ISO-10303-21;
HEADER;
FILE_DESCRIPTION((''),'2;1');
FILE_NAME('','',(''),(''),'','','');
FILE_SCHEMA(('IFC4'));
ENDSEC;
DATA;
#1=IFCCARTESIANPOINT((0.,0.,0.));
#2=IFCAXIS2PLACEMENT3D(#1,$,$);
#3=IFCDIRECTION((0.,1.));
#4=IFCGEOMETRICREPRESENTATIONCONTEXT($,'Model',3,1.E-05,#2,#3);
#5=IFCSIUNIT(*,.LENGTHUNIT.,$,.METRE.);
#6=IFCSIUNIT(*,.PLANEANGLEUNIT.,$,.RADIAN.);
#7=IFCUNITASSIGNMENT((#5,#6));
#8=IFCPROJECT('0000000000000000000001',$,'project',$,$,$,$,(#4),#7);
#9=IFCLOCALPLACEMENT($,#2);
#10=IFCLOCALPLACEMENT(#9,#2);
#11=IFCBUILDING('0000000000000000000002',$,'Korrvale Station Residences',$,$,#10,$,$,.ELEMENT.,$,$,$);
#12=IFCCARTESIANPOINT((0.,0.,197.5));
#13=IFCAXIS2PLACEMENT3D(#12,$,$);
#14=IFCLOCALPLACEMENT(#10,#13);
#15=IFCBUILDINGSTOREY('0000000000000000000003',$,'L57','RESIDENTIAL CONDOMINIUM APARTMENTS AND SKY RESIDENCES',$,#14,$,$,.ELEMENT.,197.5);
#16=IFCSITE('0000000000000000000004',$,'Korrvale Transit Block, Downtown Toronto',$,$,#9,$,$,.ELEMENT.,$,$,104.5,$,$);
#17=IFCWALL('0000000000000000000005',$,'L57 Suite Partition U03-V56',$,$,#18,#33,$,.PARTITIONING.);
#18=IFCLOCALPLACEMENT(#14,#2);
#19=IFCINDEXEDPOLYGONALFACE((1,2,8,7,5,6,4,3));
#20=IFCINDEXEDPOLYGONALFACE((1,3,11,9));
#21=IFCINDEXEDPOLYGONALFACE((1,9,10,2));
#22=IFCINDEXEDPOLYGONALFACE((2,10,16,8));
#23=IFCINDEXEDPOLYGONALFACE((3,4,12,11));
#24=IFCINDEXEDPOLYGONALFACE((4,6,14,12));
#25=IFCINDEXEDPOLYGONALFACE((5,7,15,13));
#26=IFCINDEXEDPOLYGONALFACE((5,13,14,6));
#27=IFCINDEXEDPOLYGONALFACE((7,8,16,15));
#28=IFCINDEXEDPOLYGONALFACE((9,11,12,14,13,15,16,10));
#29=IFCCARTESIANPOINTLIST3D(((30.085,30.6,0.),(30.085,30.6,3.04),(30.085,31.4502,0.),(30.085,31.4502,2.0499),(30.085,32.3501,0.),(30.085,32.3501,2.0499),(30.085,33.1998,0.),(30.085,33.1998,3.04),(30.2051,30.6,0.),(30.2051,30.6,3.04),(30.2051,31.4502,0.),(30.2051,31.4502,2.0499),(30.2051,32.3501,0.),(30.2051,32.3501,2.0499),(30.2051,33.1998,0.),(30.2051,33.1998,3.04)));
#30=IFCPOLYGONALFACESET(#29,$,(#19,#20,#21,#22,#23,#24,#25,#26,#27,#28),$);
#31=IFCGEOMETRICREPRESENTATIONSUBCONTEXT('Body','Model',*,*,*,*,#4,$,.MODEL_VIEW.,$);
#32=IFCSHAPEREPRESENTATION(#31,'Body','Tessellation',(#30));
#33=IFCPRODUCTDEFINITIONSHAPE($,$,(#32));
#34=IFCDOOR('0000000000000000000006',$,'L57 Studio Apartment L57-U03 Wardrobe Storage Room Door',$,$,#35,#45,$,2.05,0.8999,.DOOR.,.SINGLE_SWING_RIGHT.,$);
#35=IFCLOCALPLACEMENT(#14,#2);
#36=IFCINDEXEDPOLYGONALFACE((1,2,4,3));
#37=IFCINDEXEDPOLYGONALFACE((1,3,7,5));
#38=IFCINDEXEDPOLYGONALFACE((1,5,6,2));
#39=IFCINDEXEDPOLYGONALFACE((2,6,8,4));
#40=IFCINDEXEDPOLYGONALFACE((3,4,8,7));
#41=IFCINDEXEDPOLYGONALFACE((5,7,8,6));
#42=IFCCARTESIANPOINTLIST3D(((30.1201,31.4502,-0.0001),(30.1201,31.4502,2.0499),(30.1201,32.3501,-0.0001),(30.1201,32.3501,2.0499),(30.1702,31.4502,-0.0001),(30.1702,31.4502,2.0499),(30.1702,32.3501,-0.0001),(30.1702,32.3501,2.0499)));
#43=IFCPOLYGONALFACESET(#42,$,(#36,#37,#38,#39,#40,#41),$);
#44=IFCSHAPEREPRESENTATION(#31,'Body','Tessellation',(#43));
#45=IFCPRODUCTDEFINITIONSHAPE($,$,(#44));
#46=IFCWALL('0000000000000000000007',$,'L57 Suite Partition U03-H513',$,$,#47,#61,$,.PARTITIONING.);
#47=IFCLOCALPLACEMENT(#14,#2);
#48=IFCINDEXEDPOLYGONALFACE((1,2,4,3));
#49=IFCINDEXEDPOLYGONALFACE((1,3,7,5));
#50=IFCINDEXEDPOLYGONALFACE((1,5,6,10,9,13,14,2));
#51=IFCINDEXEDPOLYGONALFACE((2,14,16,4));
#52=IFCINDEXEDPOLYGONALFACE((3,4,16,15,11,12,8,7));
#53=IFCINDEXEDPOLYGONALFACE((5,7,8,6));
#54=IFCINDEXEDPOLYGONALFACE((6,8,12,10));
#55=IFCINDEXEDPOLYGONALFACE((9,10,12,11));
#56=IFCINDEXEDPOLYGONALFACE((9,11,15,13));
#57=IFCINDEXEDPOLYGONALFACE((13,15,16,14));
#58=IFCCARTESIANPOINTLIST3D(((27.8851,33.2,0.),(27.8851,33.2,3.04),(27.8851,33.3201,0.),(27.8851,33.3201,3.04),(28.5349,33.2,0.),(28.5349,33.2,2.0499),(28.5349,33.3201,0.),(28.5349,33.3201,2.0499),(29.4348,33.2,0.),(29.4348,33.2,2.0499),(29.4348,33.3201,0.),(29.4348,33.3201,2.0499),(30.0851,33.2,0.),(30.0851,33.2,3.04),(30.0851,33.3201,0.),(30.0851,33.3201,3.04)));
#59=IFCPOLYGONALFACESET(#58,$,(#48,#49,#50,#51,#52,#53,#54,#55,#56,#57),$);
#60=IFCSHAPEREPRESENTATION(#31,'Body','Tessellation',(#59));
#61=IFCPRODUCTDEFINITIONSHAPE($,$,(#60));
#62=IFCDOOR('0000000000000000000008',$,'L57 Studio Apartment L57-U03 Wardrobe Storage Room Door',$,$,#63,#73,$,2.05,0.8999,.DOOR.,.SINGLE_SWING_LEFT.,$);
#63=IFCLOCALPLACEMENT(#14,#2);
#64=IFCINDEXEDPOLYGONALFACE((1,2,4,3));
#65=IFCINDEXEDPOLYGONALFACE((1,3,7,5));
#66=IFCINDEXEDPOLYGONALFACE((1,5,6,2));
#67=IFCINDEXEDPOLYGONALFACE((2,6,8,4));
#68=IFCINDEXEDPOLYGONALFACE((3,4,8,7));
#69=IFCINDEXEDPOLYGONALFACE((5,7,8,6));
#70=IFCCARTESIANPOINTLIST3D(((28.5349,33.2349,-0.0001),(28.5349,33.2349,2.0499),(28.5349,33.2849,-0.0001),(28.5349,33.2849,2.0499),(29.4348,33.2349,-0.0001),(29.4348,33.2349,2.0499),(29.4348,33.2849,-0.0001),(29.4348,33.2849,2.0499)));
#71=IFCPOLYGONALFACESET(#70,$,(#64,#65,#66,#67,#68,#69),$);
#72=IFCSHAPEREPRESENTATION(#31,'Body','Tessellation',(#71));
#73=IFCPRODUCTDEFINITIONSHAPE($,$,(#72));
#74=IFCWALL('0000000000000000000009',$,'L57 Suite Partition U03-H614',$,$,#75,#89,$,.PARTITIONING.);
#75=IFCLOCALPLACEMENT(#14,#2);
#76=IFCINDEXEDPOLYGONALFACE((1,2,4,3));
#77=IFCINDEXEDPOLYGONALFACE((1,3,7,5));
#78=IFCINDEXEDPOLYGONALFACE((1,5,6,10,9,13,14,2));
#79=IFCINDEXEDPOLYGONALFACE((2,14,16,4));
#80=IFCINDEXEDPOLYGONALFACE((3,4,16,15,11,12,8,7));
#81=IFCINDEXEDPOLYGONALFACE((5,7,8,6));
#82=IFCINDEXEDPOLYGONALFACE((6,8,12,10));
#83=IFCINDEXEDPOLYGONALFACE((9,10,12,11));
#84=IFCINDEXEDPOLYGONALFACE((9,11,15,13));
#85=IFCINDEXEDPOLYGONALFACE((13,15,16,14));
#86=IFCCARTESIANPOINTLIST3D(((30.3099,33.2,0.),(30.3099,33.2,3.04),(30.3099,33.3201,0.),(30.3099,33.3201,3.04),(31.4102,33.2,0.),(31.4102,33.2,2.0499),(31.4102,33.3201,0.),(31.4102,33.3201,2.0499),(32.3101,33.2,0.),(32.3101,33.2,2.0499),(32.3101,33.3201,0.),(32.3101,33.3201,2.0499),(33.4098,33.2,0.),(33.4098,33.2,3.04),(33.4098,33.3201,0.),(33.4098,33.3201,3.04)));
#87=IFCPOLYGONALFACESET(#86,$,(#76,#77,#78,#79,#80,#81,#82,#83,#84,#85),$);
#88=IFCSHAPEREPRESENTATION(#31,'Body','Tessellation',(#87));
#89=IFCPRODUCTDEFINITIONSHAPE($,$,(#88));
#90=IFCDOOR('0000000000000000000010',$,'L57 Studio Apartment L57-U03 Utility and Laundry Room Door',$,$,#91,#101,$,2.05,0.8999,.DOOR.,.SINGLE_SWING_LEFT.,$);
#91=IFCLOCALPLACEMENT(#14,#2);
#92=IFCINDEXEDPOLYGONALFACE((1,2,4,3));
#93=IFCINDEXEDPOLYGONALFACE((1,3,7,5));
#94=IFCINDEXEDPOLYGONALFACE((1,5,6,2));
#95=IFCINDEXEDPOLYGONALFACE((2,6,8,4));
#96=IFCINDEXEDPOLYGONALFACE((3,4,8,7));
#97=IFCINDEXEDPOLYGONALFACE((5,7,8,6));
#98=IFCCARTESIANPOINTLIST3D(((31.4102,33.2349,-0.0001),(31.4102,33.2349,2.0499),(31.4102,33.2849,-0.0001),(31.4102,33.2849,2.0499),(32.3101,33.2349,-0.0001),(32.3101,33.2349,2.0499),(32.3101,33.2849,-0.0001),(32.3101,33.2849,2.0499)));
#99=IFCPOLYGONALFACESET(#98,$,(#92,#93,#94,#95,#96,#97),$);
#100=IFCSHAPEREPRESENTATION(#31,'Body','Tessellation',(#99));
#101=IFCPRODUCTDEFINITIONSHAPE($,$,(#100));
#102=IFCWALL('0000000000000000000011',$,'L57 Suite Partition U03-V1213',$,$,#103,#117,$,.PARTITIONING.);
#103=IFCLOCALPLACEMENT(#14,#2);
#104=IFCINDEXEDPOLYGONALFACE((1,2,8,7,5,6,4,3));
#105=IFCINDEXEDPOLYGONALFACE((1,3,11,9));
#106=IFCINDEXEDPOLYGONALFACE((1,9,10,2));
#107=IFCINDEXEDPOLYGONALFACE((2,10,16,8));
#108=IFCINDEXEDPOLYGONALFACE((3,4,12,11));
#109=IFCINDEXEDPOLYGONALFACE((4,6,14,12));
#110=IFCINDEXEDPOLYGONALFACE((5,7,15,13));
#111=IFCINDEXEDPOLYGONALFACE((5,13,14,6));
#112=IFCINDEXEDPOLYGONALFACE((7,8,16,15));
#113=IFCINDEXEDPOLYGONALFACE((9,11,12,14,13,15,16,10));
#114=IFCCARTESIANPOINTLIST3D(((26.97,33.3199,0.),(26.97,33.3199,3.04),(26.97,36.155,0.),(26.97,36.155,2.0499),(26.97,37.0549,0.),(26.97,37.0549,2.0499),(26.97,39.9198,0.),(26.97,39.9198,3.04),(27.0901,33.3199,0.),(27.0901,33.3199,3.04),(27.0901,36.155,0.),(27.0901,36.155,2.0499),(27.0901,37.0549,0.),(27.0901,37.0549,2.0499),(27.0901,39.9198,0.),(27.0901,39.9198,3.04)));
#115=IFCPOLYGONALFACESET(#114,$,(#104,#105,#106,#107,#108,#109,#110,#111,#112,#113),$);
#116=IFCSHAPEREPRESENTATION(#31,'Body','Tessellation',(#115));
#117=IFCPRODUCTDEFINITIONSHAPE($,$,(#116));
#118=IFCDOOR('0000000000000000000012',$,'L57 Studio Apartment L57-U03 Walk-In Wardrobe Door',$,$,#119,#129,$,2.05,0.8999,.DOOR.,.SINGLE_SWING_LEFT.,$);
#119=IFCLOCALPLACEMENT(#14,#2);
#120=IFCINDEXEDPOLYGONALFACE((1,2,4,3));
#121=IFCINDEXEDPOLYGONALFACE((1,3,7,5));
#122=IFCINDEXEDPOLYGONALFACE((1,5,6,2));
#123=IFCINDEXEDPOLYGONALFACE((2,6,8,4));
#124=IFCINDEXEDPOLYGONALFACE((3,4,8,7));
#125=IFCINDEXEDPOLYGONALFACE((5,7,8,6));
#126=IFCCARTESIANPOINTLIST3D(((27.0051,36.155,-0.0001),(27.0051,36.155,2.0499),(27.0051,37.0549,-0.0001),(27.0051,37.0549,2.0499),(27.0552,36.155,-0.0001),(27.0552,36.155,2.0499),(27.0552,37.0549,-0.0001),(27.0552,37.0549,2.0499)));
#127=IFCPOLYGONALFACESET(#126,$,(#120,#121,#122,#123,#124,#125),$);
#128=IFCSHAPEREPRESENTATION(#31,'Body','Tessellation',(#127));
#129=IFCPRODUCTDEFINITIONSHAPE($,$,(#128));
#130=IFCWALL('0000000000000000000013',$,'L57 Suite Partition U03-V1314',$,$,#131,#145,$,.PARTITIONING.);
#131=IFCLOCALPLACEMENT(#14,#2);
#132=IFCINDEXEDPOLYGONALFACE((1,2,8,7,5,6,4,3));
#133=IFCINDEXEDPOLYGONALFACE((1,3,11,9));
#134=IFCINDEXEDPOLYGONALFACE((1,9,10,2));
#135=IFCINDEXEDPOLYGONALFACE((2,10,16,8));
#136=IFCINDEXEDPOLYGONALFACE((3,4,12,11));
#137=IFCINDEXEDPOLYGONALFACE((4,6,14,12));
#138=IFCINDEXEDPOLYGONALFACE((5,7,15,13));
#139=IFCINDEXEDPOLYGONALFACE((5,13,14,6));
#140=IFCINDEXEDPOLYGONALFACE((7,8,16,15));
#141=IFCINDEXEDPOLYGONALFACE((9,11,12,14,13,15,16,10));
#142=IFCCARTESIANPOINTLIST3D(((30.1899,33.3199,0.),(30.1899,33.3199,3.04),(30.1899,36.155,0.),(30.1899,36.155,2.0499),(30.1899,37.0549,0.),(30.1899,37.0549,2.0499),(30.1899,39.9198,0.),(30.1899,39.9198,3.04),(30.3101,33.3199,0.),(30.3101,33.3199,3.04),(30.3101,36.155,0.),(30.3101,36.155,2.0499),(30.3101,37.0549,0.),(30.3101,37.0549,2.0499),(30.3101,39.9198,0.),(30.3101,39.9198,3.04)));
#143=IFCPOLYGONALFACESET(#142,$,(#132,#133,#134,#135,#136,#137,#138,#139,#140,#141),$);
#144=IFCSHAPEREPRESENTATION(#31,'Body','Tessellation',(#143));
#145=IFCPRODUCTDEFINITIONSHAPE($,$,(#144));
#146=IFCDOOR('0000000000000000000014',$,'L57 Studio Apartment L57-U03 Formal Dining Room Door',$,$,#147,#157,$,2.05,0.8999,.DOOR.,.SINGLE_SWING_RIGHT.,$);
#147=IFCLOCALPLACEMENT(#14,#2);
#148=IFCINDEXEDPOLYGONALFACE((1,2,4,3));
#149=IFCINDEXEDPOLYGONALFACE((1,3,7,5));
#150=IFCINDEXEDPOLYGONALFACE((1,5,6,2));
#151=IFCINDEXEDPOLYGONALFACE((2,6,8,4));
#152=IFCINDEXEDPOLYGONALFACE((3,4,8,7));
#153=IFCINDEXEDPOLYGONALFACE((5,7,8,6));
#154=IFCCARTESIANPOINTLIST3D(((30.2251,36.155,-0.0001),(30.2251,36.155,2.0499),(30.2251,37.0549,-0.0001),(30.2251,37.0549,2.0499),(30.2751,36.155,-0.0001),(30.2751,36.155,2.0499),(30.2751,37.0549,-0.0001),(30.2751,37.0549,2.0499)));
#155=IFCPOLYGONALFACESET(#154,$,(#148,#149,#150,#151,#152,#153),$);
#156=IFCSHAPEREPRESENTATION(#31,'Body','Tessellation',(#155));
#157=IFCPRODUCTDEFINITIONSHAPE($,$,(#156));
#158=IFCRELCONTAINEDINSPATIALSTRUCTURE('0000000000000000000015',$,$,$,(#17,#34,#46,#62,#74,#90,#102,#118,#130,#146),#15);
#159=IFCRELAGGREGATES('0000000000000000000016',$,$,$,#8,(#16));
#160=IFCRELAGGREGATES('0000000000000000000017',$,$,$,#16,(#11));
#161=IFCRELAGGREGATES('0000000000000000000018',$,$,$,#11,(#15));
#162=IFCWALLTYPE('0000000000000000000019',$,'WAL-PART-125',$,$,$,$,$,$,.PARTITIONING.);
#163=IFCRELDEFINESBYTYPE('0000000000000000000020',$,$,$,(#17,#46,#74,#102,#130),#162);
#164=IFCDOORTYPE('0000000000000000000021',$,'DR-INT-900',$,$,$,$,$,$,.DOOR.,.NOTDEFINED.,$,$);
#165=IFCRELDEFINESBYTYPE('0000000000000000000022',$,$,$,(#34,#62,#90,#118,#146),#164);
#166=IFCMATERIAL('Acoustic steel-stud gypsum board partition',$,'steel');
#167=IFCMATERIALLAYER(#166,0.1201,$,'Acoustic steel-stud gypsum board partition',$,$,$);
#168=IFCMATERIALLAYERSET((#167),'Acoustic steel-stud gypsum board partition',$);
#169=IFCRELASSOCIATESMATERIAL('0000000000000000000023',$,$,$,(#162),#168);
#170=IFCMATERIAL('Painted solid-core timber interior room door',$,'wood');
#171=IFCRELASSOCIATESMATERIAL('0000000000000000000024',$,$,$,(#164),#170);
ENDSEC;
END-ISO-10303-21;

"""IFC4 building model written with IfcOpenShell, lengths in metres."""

from ifc_helpers import new_model, si_unit, direction, frame, frame_2d, origin, place, context, subcontext, project, spatial, rectangle, extrude, material, layer, layer_set, type_object, element, fill, save


model = new_model("IFC4")

# Units and contexts
model_context = context("Model", 3, precision=1e-05, world=origin(), true_north=direction((0.0, 1.0)))
body_context = subcontext(model_context, "Body", "Model", "MODEL_VIEW")
ifc_project = project(units=[si_unit("LENGTHUNIT", "METRE"), si_unit("PLANEANGLEUNIT", "RADIAN")], contexts=[model_context])

# Site, building, storey
site_placement = place(None, origin())
site = spatial("IfcSite", under=ifc_project, at=site_placement, Name="Korrvale Transit Block, Downtown Toronto", CompositionType="ELEMENT", RefElevation=104.5)
building_placement = place(site_placement, origin())
building = spatial("IfcBuilding", under=site, at=building_placement, Name="Korrvale Station Residences", CompositionType="ELEMENT")
storey_placement = place(building_placement, frame((0.0, 0.0, 197.5)))
storey = spatial("IfcBuildingStorey", under=building, at=storey_placement, Name="L57", Description="RESIDENTIAL CONDOMINIUM APARTMENTS AND SKY RESIDENCES", CompositionType="ELEMENT", Elevation=197.5)

# Shared definitions
ifc_material_1 = material(Name="Acoustic steel-stud gypsum board partition", Category="steel")
ifc_layer_1 = layer(ifc_material_1, 0.1201, Name="Acoustic steel-stud gypsum board partition")
ifc_layer_set_1 = layer_set([ifc_layer_1], Name="Acoustic steel-stud gypsum board partition")
wall_type_1 = type_object("IfcWallType", Name="WAL-PART-125", PredefinedType="PARTITIONING", material=ifc_layer_set_1)
ifc_material_2 = material(Name="Painted solid-core timber interior room door", Category="wood")
door_type_1 = type_object("IfcDoorType", Name="DR-INT-900", OperationType="NOTDEFINED", PredefinedType="DOOR", material=ifc_material_2)

# Walls, openings, doors
wall_1_placement = place(storey_placement, frame((30.145, 30.6001, 0.0), z_axis=(0.0, 0.0, 1.0), x_axis=(0.0, 1.0, 0.0)))
wall_1 = element("IfcWall", 1, at=wall_1_placement, inside=storey, type_object=wall_type_1, Name="L57 Suite Partition U03-V56", PredefinedType="PARTITIONING", context=body_context, shape_type="SweptSolid", body=[
    extrude(rectangle(XDim=2.5999, YDim=0.1201, at=frame_2d((1.2998, 0.0))), origin(), (0.0, 0.0, 1.0), 3.04),
])
opening_1_placement = place(wall_1_placement, frame((0.8501, 0.0, 0.0)))
opening_1 = element("IfcOpeningElement", 2, at=opening_1_placement, cuts=wall_1, PredefinedType="OPENING", context=body_context, shape_type="SweptSolid", body=[
    extrude(rectangle(XDim=0.8999, YDim=2.05, at=frame_2d((0.45, 1.0249))), frame((0.0, 0.0701, 0.0), z_axis=(0.0, -1.0, 0.0), x_axis=(1.0, 0.0, 0.0)), (0.0, 0.0, 1.0), 0.1401),
])
door_1_placement = place(opening_1_placement, origin())
door_1 = element("IfcDoor", 3, at=door_1_placement, inside=storey, type_object=door_type_1, Name="L57 Studio Apartment L57-U03 Wardrobe Storage Room Door", OperationType="SINGLE_SWING_RIGHT", OverallHeight=2.05, OverallWidth=0.8999, PredefinedType="DOOR", context=body_context, shape_type="SweptSolid", body=[
    extrude(rectangle(XDim=0.8999, YDim=2.05, at=frame_2d((0.45, 1.0249))), frame((0.0, 0.0249, 0.0), z_axis=(0.0, -1.0, 0.0), x_axis=(1.0, 0.0, 0.0)), (0.0, 0.0, 1.0), 0.05),
])
fill(opening_1, door_1)
wall_2_placement = place(storey_placement, frame((27.885, 33.26, 0.0), z_axis=(0.0, 0.0, 1.0), x_axis=(1.0, 0.0, 0.0)))
wall_2 = element("IfcWall", 4, at=wall_2_placement, inside=storey, type_object=wall_type_1, Name="L57 Suite Partition U03-H513", PredefinedType="PARTITIONING", context=body_context, shape_type="SweptSolid", body=[
    extrude(rectangle(XDim=2.2, YDim=0.1201, at=frame_2d((1.1001, 0.0))), origin(), (0.0, 0.0, 1.0), 3.04),
])
opening_2_placement = place(wall_2_placement, frame((0.6499, 0.0, 0.0)))
opening_2 = element("IfcOpeningElement", 5, at=opening_2_placement, cuts=wall_2, PredefinedType="OPENING", context=body_context, shape_type="SweptSolid", body=[
    extrude(rectangle(XDim=0.8999, YDim=2.05, at=frame_2d((0.45, 1.0249))), frame((0.0, 0.0701, 0.0), z_axis=(0.0, -1.0, 0.0), x_axis=(1.0, 0.0, 0.0)), (0.0, 0.0, 1.0), 0.1401),
])
door_2_placement = place(opening_2_placement, origin())
door_2 = element("IfcDoor", 6, at=door_2_placement, inside=storey, type_object=door_type_1, Name="L57 Studio Apartment L57-U03 Wardrobe Storage Room Door", OperationType="SINGLE_SWING_LEFT", OverallHeight=2.05, OverallWidth=0.8999, PredefinedType="DOOR", context=body_context, shape_type="SweptSolid", body=[
    extrude(rectangle(XDim=0.8999, YDim=2.05, at=frame_2d((0.45, 1.0249))), frame((0.0, 0.0249, 0.0), z_axis=(0.0, -1.0, 0.0), x_axis=(1.0, 0.0, 0.0)), (0.0, 0.0, 1.0), 0.05),
])
fill(opening_2, door_2)
wall_3_placement = place(storey_placement, frame((30.3101, 33.26, 0.0), z_axis=(0.0, 0.0, 1.0), x_axis=(1.0, 0.0, 0.0)))
wall_3 = element("IfcWall", 7, at=wall_3_placement, inside=storey, type_object=wall_type_1, Name="L57 Suite Partition U03-H614", PredefinedType="PARTITIONING", context=body_context, shape_type="SweptSolid", body=[
    extrude(rectangle(XDim=3.0999, YDim=0.1201, at=frame_2d((1.5498, 0.0))), origin(), (0.0, 0.0, 1.0), 3.04),
])
opening_3_placement = place(wall_3_placement, frame((1.1001, 0.0, 0.0)))
opening_3 = element("IfcOpeningElement", 8, at=opening_3_placement, cuts=wall_3, PredefinedType="OPENING", context=body_context, shape_type="SweptSolid", body=[
    extrude(rectangle(XDim=0.8999, YDim=2.05, at=frame_2d((0.45, 1.0249))), frame((0.0, 0.0701, 0.0), z_axis=(0.0, -1.0, 0.0), x_axis=(1.0, 0.0, 0.0)), (0.0, 0.0, 1.0), 0.1401),
])
door_3_placement = place(opening_3_placement, origin())
door_3 = element("IfcDoor", 9, at=door_3_placement, inside=storey, type_object=door_type_1, Name="L57 Studio Apartment L57-U03 Utility and Laundry Room Door", OperationType="SINGLE_SWING_LEFT", OverallHeight=2.05, OverallWidth=0.8999, PredefinedType="DOOR", context=body_context, shape_type="SweptSolid", body=[
    extrude(rectangle(XDim=0.8999, YDim=2.05, at=frame_2d((0.45, 1.0249))), frame((0.0, 0.0249, 0.0), z_axis=(0.0, -1.0, 0.0), x_axis=(1.0, 0.0, 0.0)), (0.0, 0.0, 1.0), 0.05),
])
fill(opening_3, door_3)
wall_4_placement = place(storey_placement, frame((27.03, 33.3201, 0.0), z_axis=(0.0, 0.0, 1.0), x_axis=(0.0, 1.0, 0.0)))
wall_4 = element("IfcWall", 10, at=wall_4_placement, inside=storey, type_object=wall_type_1, Name="L57 Suite Partition U03-V1213", PredefinedType="PARTITIONING", context=body_context, shape_type="SweptSolid", body=[
    extrude(rectangle(XDim=6.5999, YDim=0.1201, at=frame_2d((3.2998, 0.0))), origin(), (0.0, 0.0, 1.0), 3.04),
])
opening_4_placement = place(wall_4_placement, frame((2.835, 0.0, 0.0)))
opening_4 = element("IfcOpeningElement", 11, at=opening_4_placement, cuts=wall_4, PredefinedType="OPENING", context=body_context, shape_type="SweptSolid", body=[
    extrude(rectangle(XDim=0.8999, YDim=2.05, at=frame_2d((0.45, 1.0249))), frame((0.0, 0.0701, 0.0), z_axis=(0.0, -1.0, 0.0), x_axis=(1.0, 0.0, 0.0)), (0.0, 0.0, 1.0), 0.1401),
])
door_4_placement = place(opening_4_placement, origin())
door_4 = element("IfcDoor", 12, at=door_4_placement, inside=storey, type_object=door_type_1, Name="L57 Studio Apartment L57-U03 Walk-In Wardrobe Door", OperationType="SINGLE_SWING_LEFT", OverallHeight=2.05, OverallWidth=0.8999, PredefinedType="DOOR", context=body_context, shape_type="SweptSolid", body=[
    extrude(rectangle(XDim=0.8999, YDim=2.05, at=frame_2d((0.45, 1.0249))), frame((0.0, 0.0249, 0.0), z_axis=(0.0, -1.0, 0.0), x_axis=(1.0, 0.0, 0.0)), (0.0, 0.0, 1.0), 0.05),
])
fill(opening_4, door_4)
wall_5_placement = place(storey_placement, frame((30.25, 33.3201, 0.0), z_axis=(0.0, 0.0, 1.0), x_axis=(0.0, 1.0, 0.0)))
wall_5 = element("IfcWall", 13, at=wall_5_placement, inside=storey, type_object=wall_type_1, Name="L57 Suite Partition U03-V1314", PredefinedType="PARTITIONING", context=body_context, shape_type="SweptSolid", body=[
    extrude(rectangle(XDim=6.5999, YDim=0.1201, at=frame_2d((3.2998, 0.0))), origin(), (0.0, 0.0, 1.0), 3.04),
])
opening_5_placement = place(wall_5_placement, frame((2.835, 0.0, 0.0)))
opening_5 = element("IfcOpeningElement", 14, at=opening_5_placement, cuts=wall_5, PredefinedType="OPENING", context=body_context, shape_type="SweptSolid", body=[
    extrude(rectangle(XDim=0.8999, YDim=2.05, at=frame_2d((0.45, 1.0249))), frame((0.0, 0.0701, 0.0), z_axis=(0.0, -1.0, 0.0), x_axis=(1.0, 0.0, 0.0)), (0.0, 0.0, 1.0), 0.1401),
])
door_5_placement = place(opening_5_placement, origin())
door_5 = element("IfcDoor", 15, at=door_5_placement, inside=storey, type_object=door_type_1, Name="L57 Studio Apartment L57-U03 Formal Dining Room Door", OperationType="SINGLE_SWING_RIGHT", OverallHeight=2.05, OverallWidth=0.8999, PredefinedType="DOOR", context=body_context, shape_type="SweptSolid", body=[
    extrude(rectangle(XDim=0.8999, YDim=2.05, at=frame_2d((0.45, 1.0249))), frame((0.0, 0.0249, 0.0), z_axis=(0.0, -1.0, 0.0), x_axis=(1.0, 0.0, 0.0)), (0.0, 0.0, 1.0), 0.05),
])
fill(opening_5, door_5)

save(model, "model.ifc")
